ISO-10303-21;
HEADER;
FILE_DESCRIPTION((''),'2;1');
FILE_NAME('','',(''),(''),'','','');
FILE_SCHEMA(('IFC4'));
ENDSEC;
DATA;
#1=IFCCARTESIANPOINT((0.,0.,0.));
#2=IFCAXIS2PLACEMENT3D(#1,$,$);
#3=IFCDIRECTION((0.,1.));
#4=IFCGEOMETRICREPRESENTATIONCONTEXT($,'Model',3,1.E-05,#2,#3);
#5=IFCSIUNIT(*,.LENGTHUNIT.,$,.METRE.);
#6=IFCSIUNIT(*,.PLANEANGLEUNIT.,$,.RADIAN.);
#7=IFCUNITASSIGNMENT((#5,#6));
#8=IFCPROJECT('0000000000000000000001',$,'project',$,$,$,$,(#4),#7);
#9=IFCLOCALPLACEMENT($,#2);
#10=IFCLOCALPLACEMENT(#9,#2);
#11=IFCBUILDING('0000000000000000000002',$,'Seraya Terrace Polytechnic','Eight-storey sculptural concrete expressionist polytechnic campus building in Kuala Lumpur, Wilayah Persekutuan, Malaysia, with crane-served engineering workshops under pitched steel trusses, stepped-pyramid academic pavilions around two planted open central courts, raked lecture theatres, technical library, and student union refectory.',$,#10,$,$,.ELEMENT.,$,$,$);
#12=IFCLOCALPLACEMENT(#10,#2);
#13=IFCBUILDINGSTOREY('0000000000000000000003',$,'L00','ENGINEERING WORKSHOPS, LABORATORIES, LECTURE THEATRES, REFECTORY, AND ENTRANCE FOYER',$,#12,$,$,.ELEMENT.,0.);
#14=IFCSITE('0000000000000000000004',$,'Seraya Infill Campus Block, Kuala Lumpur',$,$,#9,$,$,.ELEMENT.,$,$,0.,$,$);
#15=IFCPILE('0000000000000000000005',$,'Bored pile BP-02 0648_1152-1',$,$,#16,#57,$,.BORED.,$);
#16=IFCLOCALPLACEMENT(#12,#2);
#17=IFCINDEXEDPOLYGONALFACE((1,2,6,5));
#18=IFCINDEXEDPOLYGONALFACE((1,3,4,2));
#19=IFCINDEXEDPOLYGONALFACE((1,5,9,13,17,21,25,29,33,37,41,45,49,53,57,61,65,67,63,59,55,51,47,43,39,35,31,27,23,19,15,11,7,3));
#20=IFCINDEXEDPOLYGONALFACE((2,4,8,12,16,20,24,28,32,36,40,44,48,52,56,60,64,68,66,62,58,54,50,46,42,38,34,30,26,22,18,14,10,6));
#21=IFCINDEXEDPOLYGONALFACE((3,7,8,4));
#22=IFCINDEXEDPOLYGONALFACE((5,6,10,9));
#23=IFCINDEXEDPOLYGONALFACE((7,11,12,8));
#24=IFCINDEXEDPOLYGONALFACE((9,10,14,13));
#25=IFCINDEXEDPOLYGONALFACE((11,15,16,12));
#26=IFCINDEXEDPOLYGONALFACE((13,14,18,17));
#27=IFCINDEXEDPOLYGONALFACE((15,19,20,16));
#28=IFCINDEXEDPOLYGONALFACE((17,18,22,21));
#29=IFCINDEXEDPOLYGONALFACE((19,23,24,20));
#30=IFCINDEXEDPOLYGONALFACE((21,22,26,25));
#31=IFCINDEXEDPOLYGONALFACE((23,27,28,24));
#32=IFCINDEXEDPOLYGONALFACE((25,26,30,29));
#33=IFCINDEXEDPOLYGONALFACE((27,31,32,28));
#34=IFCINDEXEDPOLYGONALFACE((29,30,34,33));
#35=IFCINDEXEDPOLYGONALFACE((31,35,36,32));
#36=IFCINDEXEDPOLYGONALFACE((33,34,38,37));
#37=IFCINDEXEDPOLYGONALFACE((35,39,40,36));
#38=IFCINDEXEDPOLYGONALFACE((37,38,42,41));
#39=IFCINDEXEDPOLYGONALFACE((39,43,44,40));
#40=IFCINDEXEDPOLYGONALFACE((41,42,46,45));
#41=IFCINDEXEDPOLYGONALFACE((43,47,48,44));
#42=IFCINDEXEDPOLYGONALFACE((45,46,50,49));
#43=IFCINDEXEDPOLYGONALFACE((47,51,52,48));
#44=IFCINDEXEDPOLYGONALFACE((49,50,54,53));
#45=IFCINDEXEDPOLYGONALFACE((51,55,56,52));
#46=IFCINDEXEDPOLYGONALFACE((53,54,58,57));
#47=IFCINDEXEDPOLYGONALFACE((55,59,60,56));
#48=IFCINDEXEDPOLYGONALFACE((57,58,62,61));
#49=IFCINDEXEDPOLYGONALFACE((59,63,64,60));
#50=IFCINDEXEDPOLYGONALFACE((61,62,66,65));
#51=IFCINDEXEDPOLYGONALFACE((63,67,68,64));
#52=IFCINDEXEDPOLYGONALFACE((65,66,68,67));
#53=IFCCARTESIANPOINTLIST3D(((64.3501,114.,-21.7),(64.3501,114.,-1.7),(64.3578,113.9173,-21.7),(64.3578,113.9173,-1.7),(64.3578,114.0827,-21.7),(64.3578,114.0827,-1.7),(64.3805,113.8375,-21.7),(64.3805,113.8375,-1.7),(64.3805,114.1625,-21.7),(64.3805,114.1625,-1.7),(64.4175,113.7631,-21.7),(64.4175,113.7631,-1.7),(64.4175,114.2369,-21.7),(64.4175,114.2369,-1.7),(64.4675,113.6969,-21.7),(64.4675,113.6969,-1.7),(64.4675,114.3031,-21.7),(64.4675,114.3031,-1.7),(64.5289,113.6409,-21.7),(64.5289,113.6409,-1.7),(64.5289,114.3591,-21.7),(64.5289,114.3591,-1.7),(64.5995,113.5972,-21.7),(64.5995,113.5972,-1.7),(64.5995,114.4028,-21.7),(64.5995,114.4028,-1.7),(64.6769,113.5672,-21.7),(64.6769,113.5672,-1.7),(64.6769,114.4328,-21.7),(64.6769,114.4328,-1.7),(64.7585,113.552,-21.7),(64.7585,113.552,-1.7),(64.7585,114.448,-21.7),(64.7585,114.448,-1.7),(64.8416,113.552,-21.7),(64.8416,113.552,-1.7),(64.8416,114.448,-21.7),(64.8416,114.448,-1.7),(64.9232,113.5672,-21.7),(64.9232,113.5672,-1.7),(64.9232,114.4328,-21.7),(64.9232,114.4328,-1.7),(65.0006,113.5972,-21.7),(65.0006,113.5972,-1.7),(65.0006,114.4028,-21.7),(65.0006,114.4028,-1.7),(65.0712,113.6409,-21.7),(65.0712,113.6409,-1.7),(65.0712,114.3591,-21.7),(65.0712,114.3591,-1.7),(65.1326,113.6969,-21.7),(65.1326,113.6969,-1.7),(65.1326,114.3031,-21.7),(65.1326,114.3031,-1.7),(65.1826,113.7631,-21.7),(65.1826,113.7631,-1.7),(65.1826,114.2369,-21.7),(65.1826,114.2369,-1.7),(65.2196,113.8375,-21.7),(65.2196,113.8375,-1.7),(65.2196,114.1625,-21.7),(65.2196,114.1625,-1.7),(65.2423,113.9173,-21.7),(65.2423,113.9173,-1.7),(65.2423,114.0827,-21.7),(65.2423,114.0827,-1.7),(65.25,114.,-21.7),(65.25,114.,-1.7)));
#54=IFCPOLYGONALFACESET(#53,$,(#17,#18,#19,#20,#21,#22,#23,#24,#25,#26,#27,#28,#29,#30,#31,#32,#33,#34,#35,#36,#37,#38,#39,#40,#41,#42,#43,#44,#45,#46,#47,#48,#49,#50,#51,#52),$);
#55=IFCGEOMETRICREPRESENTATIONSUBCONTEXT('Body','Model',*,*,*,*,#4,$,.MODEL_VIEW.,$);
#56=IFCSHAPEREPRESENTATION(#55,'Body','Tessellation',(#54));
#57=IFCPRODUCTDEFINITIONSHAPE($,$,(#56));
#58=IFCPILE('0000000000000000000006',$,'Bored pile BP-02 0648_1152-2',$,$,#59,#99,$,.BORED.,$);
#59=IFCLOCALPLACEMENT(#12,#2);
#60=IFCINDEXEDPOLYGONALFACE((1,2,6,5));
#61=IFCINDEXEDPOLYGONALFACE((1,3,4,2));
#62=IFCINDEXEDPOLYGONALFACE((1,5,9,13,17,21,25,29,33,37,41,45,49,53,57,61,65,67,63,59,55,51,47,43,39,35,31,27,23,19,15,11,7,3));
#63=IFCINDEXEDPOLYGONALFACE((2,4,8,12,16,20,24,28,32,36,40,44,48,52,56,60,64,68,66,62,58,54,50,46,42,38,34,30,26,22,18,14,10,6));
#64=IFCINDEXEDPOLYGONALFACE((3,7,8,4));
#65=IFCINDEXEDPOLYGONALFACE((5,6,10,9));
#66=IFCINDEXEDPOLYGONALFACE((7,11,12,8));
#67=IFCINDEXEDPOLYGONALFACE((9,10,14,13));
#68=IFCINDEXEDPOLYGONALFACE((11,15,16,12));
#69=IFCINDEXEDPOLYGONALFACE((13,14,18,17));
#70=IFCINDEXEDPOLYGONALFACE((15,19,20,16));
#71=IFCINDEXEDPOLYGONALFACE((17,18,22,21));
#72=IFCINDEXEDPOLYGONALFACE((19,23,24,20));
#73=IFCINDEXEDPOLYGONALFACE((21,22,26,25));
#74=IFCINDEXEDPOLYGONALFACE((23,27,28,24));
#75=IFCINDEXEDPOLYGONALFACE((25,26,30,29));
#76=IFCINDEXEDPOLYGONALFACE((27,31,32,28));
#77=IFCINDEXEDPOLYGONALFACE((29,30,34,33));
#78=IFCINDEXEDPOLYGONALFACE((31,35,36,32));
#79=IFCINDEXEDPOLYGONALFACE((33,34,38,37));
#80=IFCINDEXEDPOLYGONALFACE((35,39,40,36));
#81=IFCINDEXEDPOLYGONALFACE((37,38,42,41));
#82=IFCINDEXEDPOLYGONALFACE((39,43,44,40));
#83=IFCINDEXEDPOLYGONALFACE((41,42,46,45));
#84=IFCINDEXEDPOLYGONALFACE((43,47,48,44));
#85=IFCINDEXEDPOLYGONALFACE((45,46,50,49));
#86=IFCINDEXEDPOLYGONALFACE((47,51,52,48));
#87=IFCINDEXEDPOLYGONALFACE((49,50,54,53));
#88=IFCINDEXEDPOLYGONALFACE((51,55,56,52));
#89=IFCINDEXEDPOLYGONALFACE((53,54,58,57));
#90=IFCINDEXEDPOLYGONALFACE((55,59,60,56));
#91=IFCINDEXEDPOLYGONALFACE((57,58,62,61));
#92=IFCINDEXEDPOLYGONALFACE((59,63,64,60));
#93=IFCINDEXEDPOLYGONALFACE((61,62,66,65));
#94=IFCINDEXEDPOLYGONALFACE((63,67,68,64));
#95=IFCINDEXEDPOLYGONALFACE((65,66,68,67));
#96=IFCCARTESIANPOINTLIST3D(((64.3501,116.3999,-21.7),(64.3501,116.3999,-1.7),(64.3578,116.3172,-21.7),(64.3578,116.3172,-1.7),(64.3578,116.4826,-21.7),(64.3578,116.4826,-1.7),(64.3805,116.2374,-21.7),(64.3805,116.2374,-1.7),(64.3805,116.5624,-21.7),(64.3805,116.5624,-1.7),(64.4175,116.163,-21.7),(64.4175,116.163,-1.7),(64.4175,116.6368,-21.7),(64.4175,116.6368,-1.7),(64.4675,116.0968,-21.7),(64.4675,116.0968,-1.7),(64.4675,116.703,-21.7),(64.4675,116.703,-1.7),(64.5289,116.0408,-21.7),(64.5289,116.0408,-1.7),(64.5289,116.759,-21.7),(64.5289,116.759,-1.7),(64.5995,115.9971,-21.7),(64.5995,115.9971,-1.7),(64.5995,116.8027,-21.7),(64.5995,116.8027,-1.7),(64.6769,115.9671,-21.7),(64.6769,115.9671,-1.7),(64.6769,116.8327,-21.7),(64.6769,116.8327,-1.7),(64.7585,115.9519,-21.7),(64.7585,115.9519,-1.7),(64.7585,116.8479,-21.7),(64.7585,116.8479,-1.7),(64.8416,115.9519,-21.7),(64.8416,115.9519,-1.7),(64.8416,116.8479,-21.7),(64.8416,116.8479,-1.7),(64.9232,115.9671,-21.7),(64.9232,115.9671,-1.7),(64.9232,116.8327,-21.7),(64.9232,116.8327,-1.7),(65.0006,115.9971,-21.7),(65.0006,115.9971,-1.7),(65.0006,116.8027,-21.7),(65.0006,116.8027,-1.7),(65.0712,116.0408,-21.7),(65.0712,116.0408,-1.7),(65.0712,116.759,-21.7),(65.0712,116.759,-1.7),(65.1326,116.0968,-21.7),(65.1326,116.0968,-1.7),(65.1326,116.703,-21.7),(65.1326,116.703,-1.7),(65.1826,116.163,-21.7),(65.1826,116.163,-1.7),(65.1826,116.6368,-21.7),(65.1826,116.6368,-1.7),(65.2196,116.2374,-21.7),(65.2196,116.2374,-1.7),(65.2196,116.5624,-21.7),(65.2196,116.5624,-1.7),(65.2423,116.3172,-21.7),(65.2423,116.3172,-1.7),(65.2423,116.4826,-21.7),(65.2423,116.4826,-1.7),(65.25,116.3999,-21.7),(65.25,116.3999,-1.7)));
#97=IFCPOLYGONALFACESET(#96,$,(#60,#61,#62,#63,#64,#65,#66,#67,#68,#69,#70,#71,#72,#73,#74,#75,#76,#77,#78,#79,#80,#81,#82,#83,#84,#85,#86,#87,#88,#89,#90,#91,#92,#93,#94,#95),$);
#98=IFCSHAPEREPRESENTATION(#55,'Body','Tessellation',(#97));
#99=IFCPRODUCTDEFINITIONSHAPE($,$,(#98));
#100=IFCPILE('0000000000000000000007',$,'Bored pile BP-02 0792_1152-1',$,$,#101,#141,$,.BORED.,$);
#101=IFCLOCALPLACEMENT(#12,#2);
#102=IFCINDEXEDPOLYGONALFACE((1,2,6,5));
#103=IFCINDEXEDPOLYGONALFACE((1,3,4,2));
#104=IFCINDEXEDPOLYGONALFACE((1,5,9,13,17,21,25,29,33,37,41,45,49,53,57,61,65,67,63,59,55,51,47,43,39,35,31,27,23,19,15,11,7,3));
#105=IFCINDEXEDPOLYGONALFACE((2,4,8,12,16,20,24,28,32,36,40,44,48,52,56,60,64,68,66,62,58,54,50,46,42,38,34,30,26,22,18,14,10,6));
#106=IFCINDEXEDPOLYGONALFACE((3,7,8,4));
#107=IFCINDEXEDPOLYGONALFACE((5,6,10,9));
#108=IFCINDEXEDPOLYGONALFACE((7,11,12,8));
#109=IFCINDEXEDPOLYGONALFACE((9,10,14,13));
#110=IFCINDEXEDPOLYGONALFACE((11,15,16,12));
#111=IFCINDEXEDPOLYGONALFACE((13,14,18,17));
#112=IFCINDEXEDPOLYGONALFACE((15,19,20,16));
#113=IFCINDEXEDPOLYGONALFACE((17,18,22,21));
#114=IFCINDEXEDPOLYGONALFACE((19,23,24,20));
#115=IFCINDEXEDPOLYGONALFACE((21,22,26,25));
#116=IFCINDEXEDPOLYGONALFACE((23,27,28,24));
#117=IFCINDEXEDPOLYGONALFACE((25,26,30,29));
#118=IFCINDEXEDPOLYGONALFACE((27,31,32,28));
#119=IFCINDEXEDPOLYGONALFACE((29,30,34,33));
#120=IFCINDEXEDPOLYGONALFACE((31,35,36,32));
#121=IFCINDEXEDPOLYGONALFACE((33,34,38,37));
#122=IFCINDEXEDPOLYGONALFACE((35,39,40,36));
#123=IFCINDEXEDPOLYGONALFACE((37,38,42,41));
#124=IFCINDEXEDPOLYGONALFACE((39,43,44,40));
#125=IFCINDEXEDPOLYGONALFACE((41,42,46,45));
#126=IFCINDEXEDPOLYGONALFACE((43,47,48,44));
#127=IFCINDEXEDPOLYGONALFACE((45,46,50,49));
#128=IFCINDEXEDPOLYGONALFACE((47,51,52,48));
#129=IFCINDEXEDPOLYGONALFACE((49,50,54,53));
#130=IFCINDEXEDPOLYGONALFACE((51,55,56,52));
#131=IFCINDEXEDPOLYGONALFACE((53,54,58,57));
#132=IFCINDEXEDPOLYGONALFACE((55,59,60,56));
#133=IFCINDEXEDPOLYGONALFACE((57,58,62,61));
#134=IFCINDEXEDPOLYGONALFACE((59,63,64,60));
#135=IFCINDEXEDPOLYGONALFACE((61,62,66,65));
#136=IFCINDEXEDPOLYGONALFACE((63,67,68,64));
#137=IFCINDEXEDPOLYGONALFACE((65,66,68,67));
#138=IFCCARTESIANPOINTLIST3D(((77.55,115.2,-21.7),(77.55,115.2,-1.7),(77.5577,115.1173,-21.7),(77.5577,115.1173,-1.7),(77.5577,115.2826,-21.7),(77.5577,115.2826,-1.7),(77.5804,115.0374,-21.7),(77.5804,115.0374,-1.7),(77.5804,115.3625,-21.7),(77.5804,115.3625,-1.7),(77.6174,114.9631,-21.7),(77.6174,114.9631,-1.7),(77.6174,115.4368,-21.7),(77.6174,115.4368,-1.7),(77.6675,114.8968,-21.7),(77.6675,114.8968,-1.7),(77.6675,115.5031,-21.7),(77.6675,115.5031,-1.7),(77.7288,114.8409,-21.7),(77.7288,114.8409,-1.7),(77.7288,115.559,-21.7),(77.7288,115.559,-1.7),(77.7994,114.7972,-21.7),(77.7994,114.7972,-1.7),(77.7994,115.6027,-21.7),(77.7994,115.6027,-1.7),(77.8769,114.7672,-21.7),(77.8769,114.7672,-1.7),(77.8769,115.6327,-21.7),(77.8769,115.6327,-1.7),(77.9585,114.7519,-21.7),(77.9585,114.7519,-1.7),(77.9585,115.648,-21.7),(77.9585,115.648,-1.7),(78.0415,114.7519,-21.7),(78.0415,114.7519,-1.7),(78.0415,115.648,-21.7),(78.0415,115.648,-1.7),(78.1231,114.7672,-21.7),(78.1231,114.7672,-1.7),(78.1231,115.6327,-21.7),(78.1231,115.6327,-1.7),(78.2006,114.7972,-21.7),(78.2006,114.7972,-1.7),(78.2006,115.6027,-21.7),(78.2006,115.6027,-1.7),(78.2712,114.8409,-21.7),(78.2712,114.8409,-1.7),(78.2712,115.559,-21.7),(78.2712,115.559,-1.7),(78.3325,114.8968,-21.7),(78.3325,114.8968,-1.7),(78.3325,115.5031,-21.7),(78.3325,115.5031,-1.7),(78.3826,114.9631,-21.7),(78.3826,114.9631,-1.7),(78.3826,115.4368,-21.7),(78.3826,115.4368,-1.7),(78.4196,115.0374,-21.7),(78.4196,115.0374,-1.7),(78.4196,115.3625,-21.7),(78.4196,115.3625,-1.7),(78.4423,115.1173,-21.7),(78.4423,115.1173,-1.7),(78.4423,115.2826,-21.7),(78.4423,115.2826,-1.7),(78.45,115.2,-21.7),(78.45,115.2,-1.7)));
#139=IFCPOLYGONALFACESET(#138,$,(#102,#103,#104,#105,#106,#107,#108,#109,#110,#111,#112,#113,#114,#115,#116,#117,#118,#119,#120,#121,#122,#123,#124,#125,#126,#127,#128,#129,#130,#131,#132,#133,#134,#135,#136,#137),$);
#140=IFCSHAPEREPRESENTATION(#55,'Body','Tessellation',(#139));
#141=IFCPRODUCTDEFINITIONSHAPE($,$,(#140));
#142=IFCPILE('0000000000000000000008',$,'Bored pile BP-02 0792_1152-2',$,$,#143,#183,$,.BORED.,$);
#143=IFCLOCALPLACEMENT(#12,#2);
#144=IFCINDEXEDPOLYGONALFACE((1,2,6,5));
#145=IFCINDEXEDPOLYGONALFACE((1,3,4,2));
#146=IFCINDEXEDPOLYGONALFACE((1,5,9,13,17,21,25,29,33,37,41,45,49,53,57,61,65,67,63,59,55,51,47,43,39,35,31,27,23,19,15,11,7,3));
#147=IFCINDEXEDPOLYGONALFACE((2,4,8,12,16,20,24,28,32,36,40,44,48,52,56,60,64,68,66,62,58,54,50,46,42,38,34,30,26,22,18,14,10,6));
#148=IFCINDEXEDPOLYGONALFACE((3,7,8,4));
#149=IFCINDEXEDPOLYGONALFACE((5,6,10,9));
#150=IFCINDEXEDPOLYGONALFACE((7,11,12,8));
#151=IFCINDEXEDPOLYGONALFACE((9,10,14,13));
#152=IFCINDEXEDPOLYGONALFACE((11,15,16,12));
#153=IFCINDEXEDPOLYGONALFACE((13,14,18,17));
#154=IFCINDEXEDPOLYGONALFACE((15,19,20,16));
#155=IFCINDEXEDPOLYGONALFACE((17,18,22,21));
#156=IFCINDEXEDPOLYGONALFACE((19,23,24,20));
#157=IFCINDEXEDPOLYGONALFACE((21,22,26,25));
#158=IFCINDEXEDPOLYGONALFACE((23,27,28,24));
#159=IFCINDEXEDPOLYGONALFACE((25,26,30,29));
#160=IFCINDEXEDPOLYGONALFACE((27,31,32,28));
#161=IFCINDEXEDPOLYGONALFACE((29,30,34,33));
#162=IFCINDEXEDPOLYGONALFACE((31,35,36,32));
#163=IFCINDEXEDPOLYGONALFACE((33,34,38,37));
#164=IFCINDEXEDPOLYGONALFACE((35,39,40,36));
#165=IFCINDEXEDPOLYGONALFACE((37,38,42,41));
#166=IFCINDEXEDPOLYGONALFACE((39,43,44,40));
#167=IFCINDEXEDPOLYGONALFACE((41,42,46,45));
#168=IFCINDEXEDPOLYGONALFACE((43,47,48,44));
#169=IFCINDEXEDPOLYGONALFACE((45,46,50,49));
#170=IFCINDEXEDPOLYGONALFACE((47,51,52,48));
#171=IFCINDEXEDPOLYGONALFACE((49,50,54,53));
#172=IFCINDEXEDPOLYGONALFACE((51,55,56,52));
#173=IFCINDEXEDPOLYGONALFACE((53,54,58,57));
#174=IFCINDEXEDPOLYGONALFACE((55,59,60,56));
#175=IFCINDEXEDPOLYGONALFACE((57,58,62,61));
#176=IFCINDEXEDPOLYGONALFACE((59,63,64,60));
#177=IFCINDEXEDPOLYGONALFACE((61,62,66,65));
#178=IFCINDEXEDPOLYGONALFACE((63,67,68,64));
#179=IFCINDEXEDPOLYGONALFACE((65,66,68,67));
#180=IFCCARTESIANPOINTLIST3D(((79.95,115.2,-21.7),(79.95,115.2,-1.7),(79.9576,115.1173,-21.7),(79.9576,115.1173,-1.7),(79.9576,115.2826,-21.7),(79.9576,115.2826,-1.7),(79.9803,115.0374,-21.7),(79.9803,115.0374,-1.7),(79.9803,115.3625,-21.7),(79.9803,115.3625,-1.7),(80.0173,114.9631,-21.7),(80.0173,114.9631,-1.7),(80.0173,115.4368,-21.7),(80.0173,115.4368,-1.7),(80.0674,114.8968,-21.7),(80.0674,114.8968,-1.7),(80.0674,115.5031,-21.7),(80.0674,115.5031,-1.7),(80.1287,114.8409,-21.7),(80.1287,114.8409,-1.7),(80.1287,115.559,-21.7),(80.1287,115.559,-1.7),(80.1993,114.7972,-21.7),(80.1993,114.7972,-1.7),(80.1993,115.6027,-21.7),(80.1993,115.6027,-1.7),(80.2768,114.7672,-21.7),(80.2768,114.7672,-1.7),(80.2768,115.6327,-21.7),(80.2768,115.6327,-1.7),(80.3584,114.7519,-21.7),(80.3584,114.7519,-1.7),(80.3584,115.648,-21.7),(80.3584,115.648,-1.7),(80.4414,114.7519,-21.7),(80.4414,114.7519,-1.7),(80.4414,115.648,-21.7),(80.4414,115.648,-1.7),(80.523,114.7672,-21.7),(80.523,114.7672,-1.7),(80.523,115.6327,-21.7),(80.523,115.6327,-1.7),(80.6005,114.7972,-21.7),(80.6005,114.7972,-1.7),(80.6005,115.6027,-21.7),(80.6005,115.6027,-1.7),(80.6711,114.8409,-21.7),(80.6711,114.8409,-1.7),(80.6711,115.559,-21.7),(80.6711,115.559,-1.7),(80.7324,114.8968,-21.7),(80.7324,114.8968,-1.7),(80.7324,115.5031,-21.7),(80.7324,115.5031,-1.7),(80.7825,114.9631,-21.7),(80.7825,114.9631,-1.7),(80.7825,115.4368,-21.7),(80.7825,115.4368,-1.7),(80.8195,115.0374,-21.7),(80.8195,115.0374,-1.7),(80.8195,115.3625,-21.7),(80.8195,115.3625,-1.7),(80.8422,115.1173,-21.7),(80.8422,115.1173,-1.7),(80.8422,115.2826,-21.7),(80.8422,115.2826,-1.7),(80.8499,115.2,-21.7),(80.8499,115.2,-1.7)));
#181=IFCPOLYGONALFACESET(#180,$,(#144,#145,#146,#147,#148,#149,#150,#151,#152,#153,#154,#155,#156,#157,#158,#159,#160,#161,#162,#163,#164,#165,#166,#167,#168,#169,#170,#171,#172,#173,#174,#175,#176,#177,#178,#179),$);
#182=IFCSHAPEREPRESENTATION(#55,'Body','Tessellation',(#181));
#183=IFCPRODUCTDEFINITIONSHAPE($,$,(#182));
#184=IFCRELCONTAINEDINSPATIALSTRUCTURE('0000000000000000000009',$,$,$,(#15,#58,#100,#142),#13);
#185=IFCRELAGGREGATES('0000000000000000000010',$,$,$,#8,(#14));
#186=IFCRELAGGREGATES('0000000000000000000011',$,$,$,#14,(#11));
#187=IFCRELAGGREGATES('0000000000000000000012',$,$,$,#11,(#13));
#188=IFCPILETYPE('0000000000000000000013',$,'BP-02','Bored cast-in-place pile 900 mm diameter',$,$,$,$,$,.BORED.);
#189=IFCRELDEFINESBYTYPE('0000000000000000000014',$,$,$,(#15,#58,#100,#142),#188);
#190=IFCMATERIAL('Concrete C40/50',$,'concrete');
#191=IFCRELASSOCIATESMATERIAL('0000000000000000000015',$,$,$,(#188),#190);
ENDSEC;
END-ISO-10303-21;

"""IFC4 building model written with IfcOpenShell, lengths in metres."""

from ifc_helpers import new_model, si_unit, direction, frame, origin, origin_2d, place, context, subcontext, project, spatial, circle, extrude, material, material_profile, profile_set, type_object, element, save


model = new_model("IFC4")

# Units and contexts
model_context = context("Model", 3, precision=1e-05, world=origin(), true_north=direction((0.0, 1.0)))
body_context = subcontext(model_context, "Body", "Model", "MODEL_VIEW")
ifc_project = project(units=[si_unit("LENGTHUNIT", "METRE"), si_unit("PLANEANGLEUNIT", "RADIAN")], contexts=[model_context])

# Site, building, storey
site_placement = place(None, origin())
site = spatial("IfcSite", under=ifc_project, at=site_placement, Name="Seraya Infill Campus Block, Kuala Lumpur", CompositionType="ELEMENT", RefElevation=0.0)
building_placement = place(site_placement, origin())
building = spatial("IfcBuilding", under=site, at=building_placement, Name="Seraya Terrace Polytechnic", Description="Eight-storey sculptural concrete expressionist polytechnic campus building in Kuala Lumpur, Wilayah Persekutuan, Malaysia, with crane-served engineering workshops under pitched steel trusses, stepped-pyramid academic pavilions around two planted open central courts, raked lecture theatres, technical library, and student union refectory.", CompositionType="ELEMENT")
storey_placement = place(building_placement, origin())
storey = spatial("IfcBuildingStorey", under=building, at=storey_placement, Name="L00", Description="ENGINEERING WORKSHOPS, LABORATORIES, LECTURE THEATRES, REFECTORY, AND ENTRANCE FOYER", CompositionType="ELEMENT", Elevation=0.0)

# Piles
ifc_material_1 = material(Name="Concrete C40/50", Category="concrete")
ifc_material_profile_1 = material_profile(ifc_material_1, circle(Radius=0.45, at=origin_2d()), Name="DIA 900")
ifc_profile_set_1 = profile_set([ifc_material_profile_1], Name="Concrete C40/50")
pile_type_1 = type_object("IfcPileType", Name="BP-02", Description="Bored cast-in-place pile 900 mm diameter", PredefinedType="BORED", material=ifc_profile_set_1)
for number, where, z_axis, x_axis, name in (
    (1, (64.8, 114.0, -1.7), (0.0, 0.0, -1.0), (1.0, 0.0, 0.0), "Bored pile BP-02 0648_1152-1"),
    (2, (64.8, 116.3999, -1.7), (0.0, 0.0, -1.0), (1.0, 0.0, 0.0), "Bored pile BP-02 0648_1152-2"),
    (3, (78.0, 115.2, -1.7), (0.0, 0.0, -1.0), (1.0, 0.0, 0.0), "Bored pile BP-02 0792_1152-1"),
    (4, (80.3999, 115.2, -1.7), (0.0, 0.0, -1.0), (1.0, 0.0, 0.0), "Bored pile BP-02 0792_1152-2"),
):
    element("IfcPile", number, at=place(storey_placement, frame(where, z_axis=z_axis, x_axis=x_axis)), inside=storey, type_object=pile_type_1, Name=name, PredefinedType="BORED", context=body_context, shape_type="SweptSolid", body=[
        extrude(circle(Radius=0.45, at=origin_2d()), origin(), (0.0, 0.0, 1.0), 20.0),
    ])

save(model, "model.ifc")
